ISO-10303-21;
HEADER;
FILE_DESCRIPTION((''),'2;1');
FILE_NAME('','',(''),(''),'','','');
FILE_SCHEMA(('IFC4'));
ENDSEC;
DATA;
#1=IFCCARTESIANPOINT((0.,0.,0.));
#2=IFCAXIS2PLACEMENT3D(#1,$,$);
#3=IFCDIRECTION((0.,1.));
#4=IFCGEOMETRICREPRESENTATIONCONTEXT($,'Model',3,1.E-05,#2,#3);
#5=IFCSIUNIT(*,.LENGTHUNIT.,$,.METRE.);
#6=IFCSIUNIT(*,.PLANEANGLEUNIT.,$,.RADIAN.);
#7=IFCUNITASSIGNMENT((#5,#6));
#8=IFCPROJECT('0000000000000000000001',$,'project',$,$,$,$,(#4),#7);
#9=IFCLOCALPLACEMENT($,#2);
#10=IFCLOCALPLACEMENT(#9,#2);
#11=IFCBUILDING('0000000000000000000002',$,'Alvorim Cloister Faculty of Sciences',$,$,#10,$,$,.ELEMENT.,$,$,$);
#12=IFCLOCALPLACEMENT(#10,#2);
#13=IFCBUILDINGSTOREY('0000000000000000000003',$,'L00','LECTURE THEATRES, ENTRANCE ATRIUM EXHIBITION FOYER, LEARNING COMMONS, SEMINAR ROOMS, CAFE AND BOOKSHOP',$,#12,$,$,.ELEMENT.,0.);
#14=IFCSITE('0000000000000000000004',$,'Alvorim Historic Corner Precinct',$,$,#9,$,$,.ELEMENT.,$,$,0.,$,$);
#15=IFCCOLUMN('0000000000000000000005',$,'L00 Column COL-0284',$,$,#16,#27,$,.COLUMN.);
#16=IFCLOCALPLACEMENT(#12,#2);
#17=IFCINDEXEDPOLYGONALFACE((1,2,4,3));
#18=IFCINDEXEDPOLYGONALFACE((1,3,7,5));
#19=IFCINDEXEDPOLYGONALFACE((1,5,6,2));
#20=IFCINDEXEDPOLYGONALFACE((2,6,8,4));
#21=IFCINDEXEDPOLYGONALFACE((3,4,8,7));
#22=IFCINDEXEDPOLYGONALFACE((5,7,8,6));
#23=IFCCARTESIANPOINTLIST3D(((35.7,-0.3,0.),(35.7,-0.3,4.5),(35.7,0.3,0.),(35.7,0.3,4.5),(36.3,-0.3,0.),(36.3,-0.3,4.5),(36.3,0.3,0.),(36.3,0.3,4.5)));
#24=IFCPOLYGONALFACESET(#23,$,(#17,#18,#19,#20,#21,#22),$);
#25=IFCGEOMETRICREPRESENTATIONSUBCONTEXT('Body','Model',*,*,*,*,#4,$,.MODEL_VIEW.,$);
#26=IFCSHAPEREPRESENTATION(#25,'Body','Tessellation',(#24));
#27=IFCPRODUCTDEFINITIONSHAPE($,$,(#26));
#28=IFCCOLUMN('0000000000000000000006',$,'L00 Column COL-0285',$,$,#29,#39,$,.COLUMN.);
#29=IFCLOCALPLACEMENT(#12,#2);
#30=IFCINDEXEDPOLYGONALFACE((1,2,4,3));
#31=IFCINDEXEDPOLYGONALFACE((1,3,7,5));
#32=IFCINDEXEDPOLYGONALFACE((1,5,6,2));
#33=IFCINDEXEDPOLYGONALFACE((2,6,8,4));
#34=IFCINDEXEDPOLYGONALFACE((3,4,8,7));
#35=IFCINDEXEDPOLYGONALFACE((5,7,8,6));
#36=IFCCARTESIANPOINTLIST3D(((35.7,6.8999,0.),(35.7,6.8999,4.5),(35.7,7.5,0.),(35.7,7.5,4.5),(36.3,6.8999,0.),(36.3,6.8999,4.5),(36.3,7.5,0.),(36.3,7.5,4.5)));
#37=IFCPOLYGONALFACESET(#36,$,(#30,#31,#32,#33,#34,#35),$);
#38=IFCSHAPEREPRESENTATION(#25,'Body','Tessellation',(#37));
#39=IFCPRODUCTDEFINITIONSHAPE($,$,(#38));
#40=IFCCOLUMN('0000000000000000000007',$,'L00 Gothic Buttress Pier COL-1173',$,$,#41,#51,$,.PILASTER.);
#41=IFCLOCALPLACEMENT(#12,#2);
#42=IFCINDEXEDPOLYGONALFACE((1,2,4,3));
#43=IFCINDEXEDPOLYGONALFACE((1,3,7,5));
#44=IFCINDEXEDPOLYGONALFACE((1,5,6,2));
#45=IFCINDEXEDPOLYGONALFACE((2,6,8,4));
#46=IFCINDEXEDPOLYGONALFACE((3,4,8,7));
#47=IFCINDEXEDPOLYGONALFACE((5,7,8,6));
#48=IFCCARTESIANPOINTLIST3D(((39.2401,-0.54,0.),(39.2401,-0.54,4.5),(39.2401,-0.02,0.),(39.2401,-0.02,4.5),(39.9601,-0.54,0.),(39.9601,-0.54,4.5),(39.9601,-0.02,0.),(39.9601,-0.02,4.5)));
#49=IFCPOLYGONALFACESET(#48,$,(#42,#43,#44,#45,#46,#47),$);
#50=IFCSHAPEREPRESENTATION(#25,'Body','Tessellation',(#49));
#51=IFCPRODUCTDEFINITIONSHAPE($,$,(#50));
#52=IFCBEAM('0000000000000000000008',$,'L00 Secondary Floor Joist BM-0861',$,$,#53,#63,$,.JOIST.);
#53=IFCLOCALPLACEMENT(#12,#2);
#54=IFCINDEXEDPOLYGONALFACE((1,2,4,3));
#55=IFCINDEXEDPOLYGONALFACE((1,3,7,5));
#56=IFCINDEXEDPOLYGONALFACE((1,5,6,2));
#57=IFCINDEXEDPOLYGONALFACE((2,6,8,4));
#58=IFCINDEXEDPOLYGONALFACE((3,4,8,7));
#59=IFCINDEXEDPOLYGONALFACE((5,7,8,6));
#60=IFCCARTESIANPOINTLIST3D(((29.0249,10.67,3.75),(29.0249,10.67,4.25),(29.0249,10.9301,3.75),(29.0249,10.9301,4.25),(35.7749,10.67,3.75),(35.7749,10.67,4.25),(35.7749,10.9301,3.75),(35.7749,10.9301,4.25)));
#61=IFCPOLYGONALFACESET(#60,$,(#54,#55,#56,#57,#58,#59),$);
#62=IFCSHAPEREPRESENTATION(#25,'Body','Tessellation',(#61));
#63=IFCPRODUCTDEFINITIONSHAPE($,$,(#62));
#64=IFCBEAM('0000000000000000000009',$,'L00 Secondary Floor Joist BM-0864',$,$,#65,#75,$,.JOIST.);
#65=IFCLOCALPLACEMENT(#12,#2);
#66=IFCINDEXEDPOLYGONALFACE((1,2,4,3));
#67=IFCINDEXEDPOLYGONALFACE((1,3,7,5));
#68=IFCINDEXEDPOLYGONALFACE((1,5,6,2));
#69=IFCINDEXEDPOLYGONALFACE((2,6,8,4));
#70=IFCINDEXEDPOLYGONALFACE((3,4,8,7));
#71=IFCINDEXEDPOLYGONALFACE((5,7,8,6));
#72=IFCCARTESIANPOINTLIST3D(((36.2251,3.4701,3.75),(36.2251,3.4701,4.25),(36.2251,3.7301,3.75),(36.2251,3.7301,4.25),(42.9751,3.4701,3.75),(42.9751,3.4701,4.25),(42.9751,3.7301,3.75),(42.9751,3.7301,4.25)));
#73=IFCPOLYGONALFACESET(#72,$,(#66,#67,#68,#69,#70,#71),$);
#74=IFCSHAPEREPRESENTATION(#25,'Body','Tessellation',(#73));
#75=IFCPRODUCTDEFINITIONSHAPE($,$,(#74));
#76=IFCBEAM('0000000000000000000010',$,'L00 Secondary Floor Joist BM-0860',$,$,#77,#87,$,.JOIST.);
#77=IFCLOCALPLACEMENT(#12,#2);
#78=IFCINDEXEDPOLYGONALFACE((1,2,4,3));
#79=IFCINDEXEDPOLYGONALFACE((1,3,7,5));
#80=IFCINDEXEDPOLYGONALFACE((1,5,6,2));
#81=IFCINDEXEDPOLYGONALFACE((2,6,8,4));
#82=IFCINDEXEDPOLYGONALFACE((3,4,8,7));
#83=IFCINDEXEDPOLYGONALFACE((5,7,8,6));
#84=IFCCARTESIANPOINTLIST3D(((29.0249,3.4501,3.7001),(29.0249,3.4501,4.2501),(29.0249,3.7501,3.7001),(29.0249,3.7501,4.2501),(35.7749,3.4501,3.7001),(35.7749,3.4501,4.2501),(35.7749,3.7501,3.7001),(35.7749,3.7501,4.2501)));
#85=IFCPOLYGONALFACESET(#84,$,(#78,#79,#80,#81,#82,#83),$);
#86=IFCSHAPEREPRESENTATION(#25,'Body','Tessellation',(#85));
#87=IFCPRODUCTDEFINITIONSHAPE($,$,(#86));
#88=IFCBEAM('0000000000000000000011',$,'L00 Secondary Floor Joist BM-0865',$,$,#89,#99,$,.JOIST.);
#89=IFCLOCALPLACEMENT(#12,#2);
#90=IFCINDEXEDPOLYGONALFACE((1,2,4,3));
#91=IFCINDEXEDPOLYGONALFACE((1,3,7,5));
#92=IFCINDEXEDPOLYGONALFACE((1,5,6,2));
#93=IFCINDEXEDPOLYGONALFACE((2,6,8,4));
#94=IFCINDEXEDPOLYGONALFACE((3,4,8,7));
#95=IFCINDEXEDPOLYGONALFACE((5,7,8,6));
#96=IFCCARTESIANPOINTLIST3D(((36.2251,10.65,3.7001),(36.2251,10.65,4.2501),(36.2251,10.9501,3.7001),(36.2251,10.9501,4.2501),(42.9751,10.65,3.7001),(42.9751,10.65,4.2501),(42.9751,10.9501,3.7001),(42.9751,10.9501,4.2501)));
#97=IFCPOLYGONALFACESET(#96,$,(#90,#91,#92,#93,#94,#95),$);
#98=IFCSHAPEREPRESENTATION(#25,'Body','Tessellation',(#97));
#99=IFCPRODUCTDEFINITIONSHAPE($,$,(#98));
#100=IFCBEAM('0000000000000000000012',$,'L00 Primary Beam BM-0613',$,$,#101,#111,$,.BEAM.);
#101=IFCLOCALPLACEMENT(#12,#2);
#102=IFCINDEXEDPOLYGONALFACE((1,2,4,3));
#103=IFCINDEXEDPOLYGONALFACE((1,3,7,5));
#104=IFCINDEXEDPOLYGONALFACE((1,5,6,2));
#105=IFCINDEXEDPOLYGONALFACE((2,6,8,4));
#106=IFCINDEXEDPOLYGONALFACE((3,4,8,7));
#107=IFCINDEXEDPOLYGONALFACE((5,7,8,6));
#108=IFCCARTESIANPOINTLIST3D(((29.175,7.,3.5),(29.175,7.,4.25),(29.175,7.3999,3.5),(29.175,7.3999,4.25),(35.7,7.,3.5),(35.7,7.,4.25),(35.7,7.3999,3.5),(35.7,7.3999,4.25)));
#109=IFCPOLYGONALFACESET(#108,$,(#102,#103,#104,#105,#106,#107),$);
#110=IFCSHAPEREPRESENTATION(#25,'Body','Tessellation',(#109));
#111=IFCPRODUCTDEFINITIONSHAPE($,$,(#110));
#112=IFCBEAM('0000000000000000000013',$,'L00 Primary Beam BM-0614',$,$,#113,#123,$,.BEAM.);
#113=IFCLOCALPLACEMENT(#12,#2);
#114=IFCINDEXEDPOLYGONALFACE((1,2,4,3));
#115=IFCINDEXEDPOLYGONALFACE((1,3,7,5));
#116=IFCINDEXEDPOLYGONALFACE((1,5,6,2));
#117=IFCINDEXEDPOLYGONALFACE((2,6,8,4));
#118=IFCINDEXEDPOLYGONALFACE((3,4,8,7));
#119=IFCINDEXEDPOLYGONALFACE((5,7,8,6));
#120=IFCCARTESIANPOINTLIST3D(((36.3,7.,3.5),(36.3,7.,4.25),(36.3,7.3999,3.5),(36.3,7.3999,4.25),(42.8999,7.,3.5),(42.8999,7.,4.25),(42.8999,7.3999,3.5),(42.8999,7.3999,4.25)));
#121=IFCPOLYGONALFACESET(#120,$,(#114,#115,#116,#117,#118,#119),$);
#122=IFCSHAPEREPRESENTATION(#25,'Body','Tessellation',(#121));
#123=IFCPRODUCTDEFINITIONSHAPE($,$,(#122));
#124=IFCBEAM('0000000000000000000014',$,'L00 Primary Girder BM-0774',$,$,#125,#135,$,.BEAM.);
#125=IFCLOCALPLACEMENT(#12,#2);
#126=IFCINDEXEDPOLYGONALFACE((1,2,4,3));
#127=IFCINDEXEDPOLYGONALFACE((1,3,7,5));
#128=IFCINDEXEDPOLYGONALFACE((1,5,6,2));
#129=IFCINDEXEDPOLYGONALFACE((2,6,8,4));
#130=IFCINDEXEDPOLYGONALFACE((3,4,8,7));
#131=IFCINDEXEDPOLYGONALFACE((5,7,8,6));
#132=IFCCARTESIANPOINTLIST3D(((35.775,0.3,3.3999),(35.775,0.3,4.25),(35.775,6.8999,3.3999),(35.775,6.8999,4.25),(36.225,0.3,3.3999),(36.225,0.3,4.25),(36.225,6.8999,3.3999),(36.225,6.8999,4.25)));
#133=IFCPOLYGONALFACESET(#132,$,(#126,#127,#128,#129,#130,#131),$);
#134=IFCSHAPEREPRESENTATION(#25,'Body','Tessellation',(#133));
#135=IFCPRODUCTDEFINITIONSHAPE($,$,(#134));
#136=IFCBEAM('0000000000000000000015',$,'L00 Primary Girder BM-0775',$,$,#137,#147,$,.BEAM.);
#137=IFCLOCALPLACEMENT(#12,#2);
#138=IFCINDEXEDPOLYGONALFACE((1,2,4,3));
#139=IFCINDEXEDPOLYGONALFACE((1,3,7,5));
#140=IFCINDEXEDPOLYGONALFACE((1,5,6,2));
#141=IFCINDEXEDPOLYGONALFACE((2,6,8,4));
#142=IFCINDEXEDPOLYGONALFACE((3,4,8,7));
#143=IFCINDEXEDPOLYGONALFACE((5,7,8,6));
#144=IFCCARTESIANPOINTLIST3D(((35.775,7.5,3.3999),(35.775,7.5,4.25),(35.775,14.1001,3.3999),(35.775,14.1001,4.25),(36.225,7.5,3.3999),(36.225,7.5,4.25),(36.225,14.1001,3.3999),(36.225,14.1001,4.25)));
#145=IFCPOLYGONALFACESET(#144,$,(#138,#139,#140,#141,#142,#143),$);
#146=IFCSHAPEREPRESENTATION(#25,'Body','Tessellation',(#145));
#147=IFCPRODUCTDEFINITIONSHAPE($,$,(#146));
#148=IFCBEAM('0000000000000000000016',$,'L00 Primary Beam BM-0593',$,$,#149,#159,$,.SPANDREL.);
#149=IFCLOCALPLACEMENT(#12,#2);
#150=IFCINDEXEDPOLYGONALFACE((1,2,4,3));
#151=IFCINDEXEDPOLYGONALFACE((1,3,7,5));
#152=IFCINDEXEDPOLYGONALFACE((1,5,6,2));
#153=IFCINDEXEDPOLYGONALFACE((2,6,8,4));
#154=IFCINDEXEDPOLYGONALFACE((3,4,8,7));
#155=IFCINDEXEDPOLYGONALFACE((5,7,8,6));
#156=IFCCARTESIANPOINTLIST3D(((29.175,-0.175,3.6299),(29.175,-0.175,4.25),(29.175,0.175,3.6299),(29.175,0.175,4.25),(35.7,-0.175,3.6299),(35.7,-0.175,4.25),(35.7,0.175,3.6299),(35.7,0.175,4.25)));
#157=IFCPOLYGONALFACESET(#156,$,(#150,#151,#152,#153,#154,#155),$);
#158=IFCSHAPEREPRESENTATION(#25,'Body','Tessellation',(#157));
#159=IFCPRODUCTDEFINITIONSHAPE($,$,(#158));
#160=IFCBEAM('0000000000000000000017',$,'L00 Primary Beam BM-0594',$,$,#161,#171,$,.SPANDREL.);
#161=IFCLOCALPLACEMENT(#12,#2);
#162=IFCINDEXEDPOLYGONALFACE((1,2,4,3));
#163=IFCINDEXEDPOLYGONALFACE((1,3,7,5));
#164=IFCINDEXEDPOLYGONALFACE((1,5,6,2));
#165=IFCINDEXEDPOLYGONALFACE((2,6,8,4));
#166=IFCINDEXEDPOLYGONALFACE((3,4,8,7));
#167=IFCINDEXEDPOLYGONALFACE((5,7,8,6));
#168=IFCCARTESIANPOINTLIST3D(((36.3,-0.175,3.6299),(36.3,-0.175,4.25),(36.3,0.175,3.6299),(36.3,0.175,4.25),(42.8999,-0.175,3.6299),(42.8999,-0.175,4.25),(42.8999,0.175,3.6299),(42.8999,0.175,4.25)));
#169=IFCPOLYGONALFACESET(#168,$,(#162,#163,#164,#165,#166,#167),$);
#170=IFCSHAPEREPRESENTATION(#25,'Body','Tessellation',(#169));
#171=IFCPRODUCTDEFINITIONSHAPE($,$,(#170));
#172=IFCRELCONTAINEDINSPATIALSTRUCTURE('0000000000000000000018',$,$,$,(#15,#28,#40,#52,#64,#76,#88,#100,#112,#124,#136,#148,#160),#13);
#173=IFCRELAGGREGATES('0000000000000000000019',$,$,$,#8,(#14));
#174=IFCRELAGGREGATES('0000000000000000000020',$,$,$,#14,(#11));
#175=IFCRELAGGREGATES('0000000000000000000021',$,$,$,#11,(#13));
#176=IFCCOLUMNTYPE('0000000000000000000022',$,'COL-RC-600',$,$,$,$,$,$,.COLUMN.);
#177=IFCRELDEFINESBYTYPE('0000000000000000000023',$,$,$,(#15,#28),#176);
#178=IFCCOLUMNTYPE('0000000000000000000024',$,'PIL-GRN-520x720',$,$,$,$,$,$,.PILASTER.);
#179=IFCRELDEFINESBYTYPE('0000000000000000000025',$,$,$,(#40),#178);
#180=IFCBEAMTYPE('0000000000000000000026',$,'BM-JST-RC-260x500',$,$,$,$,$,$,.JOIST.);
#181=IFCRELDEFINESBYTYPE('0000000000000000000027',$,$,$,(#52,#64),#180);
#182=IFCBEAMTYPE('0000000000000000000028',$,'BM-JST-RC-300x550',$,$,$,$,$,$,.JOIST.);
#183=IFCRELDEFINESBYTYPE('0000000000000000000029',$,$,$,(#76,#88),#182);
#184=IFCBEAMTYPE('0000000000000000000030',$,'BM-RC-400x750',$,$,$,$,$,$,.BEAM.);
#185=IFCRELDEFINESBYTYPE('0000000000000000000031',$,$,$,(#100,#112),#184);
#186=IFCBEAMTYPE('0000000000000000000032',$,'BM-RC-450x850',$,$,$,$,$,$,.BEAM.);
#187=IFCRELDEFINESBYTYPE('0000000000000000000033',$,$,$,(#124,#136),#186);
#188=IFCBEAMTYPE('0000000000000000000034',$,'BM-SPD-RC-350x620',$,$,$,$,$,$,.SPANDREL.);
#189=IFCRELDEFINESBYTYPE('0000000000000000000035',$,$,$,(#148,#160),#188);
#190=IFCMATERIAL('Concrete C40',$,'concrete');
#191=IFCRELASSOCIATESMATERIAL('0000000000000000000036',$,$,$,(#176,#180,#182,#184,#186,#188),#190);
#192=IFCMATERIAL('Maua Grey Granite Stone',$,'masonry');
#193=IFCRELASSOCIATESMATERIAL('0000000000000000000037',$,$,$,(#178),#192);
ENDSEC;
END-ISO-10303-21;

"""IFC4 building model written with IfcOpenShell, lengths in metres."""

from ifc_helpers import new_model, si_unit, direction, frame, origin, origin_2d, place, context, subcontext, project, spatial, rectangle, extrude, material, material_profile, profile_set, type_object, element, save


model = new_model("IFC4")

# Units and contexts
model_context = context("Model", 3, precision=1e-05, world=origin(), true_north=direction((0.0, 1.0)))
body_context = subcontext(model_context, "Body", "Model", "MODEL_VIEW")
ifc_project = project(units=[si_unit("LENGTHUNIT", "METRE"), si_unit("PLANEANGLEUNIT", "RADIAN")], contexts=[model_context])

# Site, building, storey
site_placement = place(None, origin())
site = spatial("IfcSite", under=ifc_project, at=site_placement, Name="Alvorim Historic Corner Precinct", CompositionType="ELEMENT", RefElevation=0.0)
building_placement = place(site_placement, origin())
building = spatial("IfcBuilding", under=site, at=building_placement, Name="Alvorim Cloister Faculty of Sciences", CompositionType="ELEMENT")
storey_placement = place(building_placement, origin())
storey = spatial("IfcBuildingStorey", under=building, at=storey_placement, Name="L00", Description="LECTURE THEATRES, ENTRANCE ATRIUM EXHIBITION FOYER, LEARNING COMMONS, SEMINAR ROOMS, CAFE AND BOOKSHOP", CompositionType="ELEMENT", Elevation=0.0)

# Columns
ifc_material_1 = material(Name="Concrete C40", Category="concrete")
ifc_material_profile_1 = material_profile(ifc_material_1, rectangle(XDim=0.6001, YDim=0.6001, at=origin_2d()), Name="RC40-COL-600x600")
ifc_profile_set_1 = profile_set([ifc_material_profile_1], Name="Concrete C40")
column_type_1 = type_object("IfcColumnType", Name="COL-RC-600", PredefinedType="COLUMN", material=ifc_profile_set_1)
for number, where, z_axis, x_axis, name in (
    (1, (36.0, 0.0, 0.0), (0.0, 0.0, 1.0), (1.0, 0.0, 0.0), "L00 Column COL-0284"),
    (2, (36.0, 7.2, 0.0), (0.0, 0.0, 1.0), (1.0, 0.0, 0.0), "L00 Column COL-0285"),
):
    element("IfcColumn", number, at=place(storey_placement, frame(where, z_axis=z_axis, x_axis=x_axis)), inside=storey, type_object=column_type_1, Name=name, PredefinedType="COLUMN", context=body_context, shape_type="SweptSolid", body=[
        extrude(rectangle(XDim=0.6001, YDim=0.6001, at=origin_2d()), origin(), (0.0, 0.0, 1.0), 4.5),
    ])
ifc_material_2 = material(Name="Maua Grey Granite Stone", Category="masonry")
ifc_material_profile_2 = material_profile(ifc_material_2, rectangle(XDim=0.52, YDim=0.72, at=origin_2d()), Name="GRN-PIER-520x720")
ifc_profile_set_2 = profile_set([ifc_material_profile_2], Name="Maua Grey Granite Stone")
column_type_2 = type_object("IfcColumnType", Name="PIL-GRN-520x720", PredefinedType="PILASTER", material=ifc_profile_set_2)
column_placement = place(storey_placement, frame((39.6001, -0.28, 0.0), z_axis=(0.0, 0.0, 1.0), x_axis=(0.0, 1.0, 0.0)))
element("IfcColumn", 3, at=column_placement, inside=storey, type_object=column_type_2, Name="L00 Gothic Buttress Pier COL-1173", PredefinedType="PILASTER", context=body_context, shape_type="SweptSolid", body=[
    extrude(rectangle(XDim=0.52, YDim=0.72, at=origin_2d()), origin(), (0.0, 0.0, 1.0), 4.5),
])

# Beams
ifc_material_profile_3 = material_profile(ifc_material_1, rectangle(XDim=0.26, YDim=0.5, at=origin_2d()), Name="RC40-JST-260x500")
ifc_profile_set_3 = profile_set([ifc_material_profile_3], Name="Concrete C40")
beam_type_1 = type_object("IfcBeamType", Name="BM-JST-RC-260x500", PredefinedType="JOIST", material=ifc_profile_set_3)
for number, where, z_axis, x_axis, name in (
    (4, (29.0249, 10.8, 4.0), (1.0, 0.0, 0.0), (0.0, 1.0, 0.0), "L00 Secondary Floor Joist BM-0861"),
    (5, (36.2251, 3.6001, 4.0), (1.0, 0.0, 0.0), (0.0, 1.0, 0.0), "L00 Secondary Floor Joist BM-0864"),
):
    element("IfcBeam", number, at=place(storey_placement, frame(where, z_axis=z_axis, x_axis=x_axis)), inside=storey, type_object=beam_type_1, Name=name, PredefinedType="JOIST", context=body_context, shape_type="SweptSolid", body=[
        extrude(rectangle(XDim=0.26, YDim=0.5, at=origin_2d()), origin(), (0.0, 0.0, 1.0), 6.75),
    ])
ifc_material_profile_4 = material_profile(ifc_material_1, rectangle(XDim=0.3, YDim=0.55, at=origin_2d()), Name="RC40-JST-300x550")
ifc_profile_set_4 = profile_set([ifc_material_profile_4], Name="Concrete C40")
beam_type_2 = type_object("IfcBeamType", Name="BM-JST-RC-300x550", PredefinedType="JOIST", material=ifc_profile_set_4)
for number, where, z_axis, x_axis, name in (
    (6, (29.0249, 3.6001, 3.9751), (1.0, 0.0, 0.0), (0.0, 1.0, 0.0), "L00 Secondary Floor Joist BM-0860"),
    (7, (36.2251, 10.8, 3.9751), (1.0, 0.0, 0.0), (0.0, 1.0, 0.0), "L00 Secondary Floor Joist BM-0865"),
):
    element("IfcBeam", number, at=place(storey_placement, frame(where, z_axis=z_axis, x_axis=x_axis)), inside=storey, type_object=beam_type_2, Name=name, PredefinedType="JOIST", context=body_context, shape_type="SweptSolid", body=[
        extrude(rectangle(XDim=0.3, YDim=0.55, at=origin_2d()), origin(), (0.0, 0.0, 1.0), 6.75),
    ])
ifc_material_profile_5 = material_profile(ifc_material_1, rectangle(XDim=0.3999, YDim=0.75, at=origin_2d()), Name="RC40-BM-400x750")
ifc_profile_set_5 = profile_set([ifc_material_profile_5], Name="Concrete C40")
beam_type_3 = type_object("IfcBeamType", Name="BM-RC-400x750", PredefinedType="BEAM", material=ifc_profile_set_5)
beam_1_placement = place(storey_placement, frame((29.175, 7.2, 3.875), z_axis=(1.0, 0.0, 0.0), x_axis=(0.0, 1.0, 0.0)))
element("IfcBeam", 8, at=beam_1_placement, inside=storey, type_object=beam_type_3, Name="L00 Primary Beam BM-0613", PredefinedType="BEAM", context=body_context, shape_type="SweptSolid", body=[
    extrude(rectangle(XDim=0.3999, YDim=0.75, at=origin_2d()), origin(), (0.0, 0.0, 1.0), 6.5249),
])
beam_2_placement = place(storey_placement, frame((36.3, 7.2, 3.875), z_axis=(1.0, 0.0, 0.0), x_axis=(0.0, 1.0, 0.0)))
element("IfcBeam", 9, at=beam_2_placement, inside=storey, type_object=beam_type_3, Name="L00 Primary Beam BM-0614", PredefinedType="BEAM", context=body_context, shape_type="SweptSolid", body=[
    extrude(rectangle(XDim=0.3999, YDim=0.75, at=origin_2d()), origin(), (0.0, 0.0, 1.0), 6.5999),
])
ifc_material_profile_6 = material_profile(ifc_material_1, rectangle(XDim=0.45, YDim=0.8501, at=origin_2d()), Name="RC40-BM-450x850")
ifc_profile_set_6 = profile_set([ifc_material_profile_6], Name="Concrete C40")
beam_type_4 = type_object("IfcBeamType", Name="BM-RC-450x850", PredefinedType="BEAM", material=ifc_profile_set_6)
beam_3_placement = place(storey_placement, frame((36.0, 0.3, 3.825), z_axis=(0.0, 1.0, 0.0), x_axis=(-1.0, 0.0, 0.0)))
element("IfcBeam", 10, at=beam_3_placement, inside=storey, type_object=beam_type_4, Name="L00 Primary Girder BM-0774", PredefinedType="BEAM", context=body_context, shape_type="SweptSolid", body=[
    extrude(rectangle(XDim=0.45, YDim=0.8501, at=origin_2d()), origin(), (0.0, 0.0, 1.0), 6.5999),
])
beam_4_placement = place(storey_placement, frame((36.0, 7.5, 3.825), z_axis=(0.0, 1.0, 0.0), x_axis=(-1.0, 0.0, 0.0)))
element("IfcBeam", 11, at=beam_4_placement, inside=storey, type_object=beam_type_4, Name="L00 Primary Girder BM-0775", PredefinedType="BEAM", context=body_context, shape_type="SweptSolid", body=[
    extrude(rectangle(XDim=0.45, YDim=0.8501, at=origin_2d()), origin(), (0.0, 0.0, 1.0), 6.6001),
])
ifc_material_profile_7 = material_profile(ifc_material_1, rectangle(XDim=0.3501, YDim=0.6201, at=origin_2d()), Name="RC40-SPD-350x620")
ifc_profile_set_7 = profile_set([ifc_material_profile_7], Name="Concrete C40")
beam_type_5 = type_object("IfcBeamType", Name="BM-SPD-RC-350x620", PredefinedType="SPANDREL", material=ifc_profile_set_7)
beam_5_placement = place(storey_placement, frame((29.175, 0.0, 3.9399), z_axis=(1.0, 0.0, 0.0), x_axis=(0.0, 1.0, 0.0)))
element("IfcBeam", 12, at=beam_5_placement, inside=storey, type_object=beam_type_5, Name="L00 Primary Beam BM-0593", PredefinedType="SPANDREL", context=body_context, shape_type="SweptSolid", body=[
    extrude(rectangle(XDim=0.3501, YDim=0.6201, at=origin_2d()), origin(), (0.0, 0.0, 1.0), 6.5249),
])
beam_6_placement = place(storey_placement, frame((36.3, 0.0, 3.9399), z_axis=(1.0, 0.0, 0.0), x_axis=(0.0, 1.0, 0.0)))
element("IfcBeam", 13, at=beam_6_placement, inside=storey, type_object=beam_type_5, Name="L00 Primary Beam BM-0594", PredefinedType="SPANDREL", context=body_context, shape_type="SweptSolid", body=[
    extrude(rectangle(XDim=0.3501, YDim=0.6201, at=origin_2d()), origin(), (0.0, 0.0, 1.0), 6.5999),
])

save(model, "model.ifc")
